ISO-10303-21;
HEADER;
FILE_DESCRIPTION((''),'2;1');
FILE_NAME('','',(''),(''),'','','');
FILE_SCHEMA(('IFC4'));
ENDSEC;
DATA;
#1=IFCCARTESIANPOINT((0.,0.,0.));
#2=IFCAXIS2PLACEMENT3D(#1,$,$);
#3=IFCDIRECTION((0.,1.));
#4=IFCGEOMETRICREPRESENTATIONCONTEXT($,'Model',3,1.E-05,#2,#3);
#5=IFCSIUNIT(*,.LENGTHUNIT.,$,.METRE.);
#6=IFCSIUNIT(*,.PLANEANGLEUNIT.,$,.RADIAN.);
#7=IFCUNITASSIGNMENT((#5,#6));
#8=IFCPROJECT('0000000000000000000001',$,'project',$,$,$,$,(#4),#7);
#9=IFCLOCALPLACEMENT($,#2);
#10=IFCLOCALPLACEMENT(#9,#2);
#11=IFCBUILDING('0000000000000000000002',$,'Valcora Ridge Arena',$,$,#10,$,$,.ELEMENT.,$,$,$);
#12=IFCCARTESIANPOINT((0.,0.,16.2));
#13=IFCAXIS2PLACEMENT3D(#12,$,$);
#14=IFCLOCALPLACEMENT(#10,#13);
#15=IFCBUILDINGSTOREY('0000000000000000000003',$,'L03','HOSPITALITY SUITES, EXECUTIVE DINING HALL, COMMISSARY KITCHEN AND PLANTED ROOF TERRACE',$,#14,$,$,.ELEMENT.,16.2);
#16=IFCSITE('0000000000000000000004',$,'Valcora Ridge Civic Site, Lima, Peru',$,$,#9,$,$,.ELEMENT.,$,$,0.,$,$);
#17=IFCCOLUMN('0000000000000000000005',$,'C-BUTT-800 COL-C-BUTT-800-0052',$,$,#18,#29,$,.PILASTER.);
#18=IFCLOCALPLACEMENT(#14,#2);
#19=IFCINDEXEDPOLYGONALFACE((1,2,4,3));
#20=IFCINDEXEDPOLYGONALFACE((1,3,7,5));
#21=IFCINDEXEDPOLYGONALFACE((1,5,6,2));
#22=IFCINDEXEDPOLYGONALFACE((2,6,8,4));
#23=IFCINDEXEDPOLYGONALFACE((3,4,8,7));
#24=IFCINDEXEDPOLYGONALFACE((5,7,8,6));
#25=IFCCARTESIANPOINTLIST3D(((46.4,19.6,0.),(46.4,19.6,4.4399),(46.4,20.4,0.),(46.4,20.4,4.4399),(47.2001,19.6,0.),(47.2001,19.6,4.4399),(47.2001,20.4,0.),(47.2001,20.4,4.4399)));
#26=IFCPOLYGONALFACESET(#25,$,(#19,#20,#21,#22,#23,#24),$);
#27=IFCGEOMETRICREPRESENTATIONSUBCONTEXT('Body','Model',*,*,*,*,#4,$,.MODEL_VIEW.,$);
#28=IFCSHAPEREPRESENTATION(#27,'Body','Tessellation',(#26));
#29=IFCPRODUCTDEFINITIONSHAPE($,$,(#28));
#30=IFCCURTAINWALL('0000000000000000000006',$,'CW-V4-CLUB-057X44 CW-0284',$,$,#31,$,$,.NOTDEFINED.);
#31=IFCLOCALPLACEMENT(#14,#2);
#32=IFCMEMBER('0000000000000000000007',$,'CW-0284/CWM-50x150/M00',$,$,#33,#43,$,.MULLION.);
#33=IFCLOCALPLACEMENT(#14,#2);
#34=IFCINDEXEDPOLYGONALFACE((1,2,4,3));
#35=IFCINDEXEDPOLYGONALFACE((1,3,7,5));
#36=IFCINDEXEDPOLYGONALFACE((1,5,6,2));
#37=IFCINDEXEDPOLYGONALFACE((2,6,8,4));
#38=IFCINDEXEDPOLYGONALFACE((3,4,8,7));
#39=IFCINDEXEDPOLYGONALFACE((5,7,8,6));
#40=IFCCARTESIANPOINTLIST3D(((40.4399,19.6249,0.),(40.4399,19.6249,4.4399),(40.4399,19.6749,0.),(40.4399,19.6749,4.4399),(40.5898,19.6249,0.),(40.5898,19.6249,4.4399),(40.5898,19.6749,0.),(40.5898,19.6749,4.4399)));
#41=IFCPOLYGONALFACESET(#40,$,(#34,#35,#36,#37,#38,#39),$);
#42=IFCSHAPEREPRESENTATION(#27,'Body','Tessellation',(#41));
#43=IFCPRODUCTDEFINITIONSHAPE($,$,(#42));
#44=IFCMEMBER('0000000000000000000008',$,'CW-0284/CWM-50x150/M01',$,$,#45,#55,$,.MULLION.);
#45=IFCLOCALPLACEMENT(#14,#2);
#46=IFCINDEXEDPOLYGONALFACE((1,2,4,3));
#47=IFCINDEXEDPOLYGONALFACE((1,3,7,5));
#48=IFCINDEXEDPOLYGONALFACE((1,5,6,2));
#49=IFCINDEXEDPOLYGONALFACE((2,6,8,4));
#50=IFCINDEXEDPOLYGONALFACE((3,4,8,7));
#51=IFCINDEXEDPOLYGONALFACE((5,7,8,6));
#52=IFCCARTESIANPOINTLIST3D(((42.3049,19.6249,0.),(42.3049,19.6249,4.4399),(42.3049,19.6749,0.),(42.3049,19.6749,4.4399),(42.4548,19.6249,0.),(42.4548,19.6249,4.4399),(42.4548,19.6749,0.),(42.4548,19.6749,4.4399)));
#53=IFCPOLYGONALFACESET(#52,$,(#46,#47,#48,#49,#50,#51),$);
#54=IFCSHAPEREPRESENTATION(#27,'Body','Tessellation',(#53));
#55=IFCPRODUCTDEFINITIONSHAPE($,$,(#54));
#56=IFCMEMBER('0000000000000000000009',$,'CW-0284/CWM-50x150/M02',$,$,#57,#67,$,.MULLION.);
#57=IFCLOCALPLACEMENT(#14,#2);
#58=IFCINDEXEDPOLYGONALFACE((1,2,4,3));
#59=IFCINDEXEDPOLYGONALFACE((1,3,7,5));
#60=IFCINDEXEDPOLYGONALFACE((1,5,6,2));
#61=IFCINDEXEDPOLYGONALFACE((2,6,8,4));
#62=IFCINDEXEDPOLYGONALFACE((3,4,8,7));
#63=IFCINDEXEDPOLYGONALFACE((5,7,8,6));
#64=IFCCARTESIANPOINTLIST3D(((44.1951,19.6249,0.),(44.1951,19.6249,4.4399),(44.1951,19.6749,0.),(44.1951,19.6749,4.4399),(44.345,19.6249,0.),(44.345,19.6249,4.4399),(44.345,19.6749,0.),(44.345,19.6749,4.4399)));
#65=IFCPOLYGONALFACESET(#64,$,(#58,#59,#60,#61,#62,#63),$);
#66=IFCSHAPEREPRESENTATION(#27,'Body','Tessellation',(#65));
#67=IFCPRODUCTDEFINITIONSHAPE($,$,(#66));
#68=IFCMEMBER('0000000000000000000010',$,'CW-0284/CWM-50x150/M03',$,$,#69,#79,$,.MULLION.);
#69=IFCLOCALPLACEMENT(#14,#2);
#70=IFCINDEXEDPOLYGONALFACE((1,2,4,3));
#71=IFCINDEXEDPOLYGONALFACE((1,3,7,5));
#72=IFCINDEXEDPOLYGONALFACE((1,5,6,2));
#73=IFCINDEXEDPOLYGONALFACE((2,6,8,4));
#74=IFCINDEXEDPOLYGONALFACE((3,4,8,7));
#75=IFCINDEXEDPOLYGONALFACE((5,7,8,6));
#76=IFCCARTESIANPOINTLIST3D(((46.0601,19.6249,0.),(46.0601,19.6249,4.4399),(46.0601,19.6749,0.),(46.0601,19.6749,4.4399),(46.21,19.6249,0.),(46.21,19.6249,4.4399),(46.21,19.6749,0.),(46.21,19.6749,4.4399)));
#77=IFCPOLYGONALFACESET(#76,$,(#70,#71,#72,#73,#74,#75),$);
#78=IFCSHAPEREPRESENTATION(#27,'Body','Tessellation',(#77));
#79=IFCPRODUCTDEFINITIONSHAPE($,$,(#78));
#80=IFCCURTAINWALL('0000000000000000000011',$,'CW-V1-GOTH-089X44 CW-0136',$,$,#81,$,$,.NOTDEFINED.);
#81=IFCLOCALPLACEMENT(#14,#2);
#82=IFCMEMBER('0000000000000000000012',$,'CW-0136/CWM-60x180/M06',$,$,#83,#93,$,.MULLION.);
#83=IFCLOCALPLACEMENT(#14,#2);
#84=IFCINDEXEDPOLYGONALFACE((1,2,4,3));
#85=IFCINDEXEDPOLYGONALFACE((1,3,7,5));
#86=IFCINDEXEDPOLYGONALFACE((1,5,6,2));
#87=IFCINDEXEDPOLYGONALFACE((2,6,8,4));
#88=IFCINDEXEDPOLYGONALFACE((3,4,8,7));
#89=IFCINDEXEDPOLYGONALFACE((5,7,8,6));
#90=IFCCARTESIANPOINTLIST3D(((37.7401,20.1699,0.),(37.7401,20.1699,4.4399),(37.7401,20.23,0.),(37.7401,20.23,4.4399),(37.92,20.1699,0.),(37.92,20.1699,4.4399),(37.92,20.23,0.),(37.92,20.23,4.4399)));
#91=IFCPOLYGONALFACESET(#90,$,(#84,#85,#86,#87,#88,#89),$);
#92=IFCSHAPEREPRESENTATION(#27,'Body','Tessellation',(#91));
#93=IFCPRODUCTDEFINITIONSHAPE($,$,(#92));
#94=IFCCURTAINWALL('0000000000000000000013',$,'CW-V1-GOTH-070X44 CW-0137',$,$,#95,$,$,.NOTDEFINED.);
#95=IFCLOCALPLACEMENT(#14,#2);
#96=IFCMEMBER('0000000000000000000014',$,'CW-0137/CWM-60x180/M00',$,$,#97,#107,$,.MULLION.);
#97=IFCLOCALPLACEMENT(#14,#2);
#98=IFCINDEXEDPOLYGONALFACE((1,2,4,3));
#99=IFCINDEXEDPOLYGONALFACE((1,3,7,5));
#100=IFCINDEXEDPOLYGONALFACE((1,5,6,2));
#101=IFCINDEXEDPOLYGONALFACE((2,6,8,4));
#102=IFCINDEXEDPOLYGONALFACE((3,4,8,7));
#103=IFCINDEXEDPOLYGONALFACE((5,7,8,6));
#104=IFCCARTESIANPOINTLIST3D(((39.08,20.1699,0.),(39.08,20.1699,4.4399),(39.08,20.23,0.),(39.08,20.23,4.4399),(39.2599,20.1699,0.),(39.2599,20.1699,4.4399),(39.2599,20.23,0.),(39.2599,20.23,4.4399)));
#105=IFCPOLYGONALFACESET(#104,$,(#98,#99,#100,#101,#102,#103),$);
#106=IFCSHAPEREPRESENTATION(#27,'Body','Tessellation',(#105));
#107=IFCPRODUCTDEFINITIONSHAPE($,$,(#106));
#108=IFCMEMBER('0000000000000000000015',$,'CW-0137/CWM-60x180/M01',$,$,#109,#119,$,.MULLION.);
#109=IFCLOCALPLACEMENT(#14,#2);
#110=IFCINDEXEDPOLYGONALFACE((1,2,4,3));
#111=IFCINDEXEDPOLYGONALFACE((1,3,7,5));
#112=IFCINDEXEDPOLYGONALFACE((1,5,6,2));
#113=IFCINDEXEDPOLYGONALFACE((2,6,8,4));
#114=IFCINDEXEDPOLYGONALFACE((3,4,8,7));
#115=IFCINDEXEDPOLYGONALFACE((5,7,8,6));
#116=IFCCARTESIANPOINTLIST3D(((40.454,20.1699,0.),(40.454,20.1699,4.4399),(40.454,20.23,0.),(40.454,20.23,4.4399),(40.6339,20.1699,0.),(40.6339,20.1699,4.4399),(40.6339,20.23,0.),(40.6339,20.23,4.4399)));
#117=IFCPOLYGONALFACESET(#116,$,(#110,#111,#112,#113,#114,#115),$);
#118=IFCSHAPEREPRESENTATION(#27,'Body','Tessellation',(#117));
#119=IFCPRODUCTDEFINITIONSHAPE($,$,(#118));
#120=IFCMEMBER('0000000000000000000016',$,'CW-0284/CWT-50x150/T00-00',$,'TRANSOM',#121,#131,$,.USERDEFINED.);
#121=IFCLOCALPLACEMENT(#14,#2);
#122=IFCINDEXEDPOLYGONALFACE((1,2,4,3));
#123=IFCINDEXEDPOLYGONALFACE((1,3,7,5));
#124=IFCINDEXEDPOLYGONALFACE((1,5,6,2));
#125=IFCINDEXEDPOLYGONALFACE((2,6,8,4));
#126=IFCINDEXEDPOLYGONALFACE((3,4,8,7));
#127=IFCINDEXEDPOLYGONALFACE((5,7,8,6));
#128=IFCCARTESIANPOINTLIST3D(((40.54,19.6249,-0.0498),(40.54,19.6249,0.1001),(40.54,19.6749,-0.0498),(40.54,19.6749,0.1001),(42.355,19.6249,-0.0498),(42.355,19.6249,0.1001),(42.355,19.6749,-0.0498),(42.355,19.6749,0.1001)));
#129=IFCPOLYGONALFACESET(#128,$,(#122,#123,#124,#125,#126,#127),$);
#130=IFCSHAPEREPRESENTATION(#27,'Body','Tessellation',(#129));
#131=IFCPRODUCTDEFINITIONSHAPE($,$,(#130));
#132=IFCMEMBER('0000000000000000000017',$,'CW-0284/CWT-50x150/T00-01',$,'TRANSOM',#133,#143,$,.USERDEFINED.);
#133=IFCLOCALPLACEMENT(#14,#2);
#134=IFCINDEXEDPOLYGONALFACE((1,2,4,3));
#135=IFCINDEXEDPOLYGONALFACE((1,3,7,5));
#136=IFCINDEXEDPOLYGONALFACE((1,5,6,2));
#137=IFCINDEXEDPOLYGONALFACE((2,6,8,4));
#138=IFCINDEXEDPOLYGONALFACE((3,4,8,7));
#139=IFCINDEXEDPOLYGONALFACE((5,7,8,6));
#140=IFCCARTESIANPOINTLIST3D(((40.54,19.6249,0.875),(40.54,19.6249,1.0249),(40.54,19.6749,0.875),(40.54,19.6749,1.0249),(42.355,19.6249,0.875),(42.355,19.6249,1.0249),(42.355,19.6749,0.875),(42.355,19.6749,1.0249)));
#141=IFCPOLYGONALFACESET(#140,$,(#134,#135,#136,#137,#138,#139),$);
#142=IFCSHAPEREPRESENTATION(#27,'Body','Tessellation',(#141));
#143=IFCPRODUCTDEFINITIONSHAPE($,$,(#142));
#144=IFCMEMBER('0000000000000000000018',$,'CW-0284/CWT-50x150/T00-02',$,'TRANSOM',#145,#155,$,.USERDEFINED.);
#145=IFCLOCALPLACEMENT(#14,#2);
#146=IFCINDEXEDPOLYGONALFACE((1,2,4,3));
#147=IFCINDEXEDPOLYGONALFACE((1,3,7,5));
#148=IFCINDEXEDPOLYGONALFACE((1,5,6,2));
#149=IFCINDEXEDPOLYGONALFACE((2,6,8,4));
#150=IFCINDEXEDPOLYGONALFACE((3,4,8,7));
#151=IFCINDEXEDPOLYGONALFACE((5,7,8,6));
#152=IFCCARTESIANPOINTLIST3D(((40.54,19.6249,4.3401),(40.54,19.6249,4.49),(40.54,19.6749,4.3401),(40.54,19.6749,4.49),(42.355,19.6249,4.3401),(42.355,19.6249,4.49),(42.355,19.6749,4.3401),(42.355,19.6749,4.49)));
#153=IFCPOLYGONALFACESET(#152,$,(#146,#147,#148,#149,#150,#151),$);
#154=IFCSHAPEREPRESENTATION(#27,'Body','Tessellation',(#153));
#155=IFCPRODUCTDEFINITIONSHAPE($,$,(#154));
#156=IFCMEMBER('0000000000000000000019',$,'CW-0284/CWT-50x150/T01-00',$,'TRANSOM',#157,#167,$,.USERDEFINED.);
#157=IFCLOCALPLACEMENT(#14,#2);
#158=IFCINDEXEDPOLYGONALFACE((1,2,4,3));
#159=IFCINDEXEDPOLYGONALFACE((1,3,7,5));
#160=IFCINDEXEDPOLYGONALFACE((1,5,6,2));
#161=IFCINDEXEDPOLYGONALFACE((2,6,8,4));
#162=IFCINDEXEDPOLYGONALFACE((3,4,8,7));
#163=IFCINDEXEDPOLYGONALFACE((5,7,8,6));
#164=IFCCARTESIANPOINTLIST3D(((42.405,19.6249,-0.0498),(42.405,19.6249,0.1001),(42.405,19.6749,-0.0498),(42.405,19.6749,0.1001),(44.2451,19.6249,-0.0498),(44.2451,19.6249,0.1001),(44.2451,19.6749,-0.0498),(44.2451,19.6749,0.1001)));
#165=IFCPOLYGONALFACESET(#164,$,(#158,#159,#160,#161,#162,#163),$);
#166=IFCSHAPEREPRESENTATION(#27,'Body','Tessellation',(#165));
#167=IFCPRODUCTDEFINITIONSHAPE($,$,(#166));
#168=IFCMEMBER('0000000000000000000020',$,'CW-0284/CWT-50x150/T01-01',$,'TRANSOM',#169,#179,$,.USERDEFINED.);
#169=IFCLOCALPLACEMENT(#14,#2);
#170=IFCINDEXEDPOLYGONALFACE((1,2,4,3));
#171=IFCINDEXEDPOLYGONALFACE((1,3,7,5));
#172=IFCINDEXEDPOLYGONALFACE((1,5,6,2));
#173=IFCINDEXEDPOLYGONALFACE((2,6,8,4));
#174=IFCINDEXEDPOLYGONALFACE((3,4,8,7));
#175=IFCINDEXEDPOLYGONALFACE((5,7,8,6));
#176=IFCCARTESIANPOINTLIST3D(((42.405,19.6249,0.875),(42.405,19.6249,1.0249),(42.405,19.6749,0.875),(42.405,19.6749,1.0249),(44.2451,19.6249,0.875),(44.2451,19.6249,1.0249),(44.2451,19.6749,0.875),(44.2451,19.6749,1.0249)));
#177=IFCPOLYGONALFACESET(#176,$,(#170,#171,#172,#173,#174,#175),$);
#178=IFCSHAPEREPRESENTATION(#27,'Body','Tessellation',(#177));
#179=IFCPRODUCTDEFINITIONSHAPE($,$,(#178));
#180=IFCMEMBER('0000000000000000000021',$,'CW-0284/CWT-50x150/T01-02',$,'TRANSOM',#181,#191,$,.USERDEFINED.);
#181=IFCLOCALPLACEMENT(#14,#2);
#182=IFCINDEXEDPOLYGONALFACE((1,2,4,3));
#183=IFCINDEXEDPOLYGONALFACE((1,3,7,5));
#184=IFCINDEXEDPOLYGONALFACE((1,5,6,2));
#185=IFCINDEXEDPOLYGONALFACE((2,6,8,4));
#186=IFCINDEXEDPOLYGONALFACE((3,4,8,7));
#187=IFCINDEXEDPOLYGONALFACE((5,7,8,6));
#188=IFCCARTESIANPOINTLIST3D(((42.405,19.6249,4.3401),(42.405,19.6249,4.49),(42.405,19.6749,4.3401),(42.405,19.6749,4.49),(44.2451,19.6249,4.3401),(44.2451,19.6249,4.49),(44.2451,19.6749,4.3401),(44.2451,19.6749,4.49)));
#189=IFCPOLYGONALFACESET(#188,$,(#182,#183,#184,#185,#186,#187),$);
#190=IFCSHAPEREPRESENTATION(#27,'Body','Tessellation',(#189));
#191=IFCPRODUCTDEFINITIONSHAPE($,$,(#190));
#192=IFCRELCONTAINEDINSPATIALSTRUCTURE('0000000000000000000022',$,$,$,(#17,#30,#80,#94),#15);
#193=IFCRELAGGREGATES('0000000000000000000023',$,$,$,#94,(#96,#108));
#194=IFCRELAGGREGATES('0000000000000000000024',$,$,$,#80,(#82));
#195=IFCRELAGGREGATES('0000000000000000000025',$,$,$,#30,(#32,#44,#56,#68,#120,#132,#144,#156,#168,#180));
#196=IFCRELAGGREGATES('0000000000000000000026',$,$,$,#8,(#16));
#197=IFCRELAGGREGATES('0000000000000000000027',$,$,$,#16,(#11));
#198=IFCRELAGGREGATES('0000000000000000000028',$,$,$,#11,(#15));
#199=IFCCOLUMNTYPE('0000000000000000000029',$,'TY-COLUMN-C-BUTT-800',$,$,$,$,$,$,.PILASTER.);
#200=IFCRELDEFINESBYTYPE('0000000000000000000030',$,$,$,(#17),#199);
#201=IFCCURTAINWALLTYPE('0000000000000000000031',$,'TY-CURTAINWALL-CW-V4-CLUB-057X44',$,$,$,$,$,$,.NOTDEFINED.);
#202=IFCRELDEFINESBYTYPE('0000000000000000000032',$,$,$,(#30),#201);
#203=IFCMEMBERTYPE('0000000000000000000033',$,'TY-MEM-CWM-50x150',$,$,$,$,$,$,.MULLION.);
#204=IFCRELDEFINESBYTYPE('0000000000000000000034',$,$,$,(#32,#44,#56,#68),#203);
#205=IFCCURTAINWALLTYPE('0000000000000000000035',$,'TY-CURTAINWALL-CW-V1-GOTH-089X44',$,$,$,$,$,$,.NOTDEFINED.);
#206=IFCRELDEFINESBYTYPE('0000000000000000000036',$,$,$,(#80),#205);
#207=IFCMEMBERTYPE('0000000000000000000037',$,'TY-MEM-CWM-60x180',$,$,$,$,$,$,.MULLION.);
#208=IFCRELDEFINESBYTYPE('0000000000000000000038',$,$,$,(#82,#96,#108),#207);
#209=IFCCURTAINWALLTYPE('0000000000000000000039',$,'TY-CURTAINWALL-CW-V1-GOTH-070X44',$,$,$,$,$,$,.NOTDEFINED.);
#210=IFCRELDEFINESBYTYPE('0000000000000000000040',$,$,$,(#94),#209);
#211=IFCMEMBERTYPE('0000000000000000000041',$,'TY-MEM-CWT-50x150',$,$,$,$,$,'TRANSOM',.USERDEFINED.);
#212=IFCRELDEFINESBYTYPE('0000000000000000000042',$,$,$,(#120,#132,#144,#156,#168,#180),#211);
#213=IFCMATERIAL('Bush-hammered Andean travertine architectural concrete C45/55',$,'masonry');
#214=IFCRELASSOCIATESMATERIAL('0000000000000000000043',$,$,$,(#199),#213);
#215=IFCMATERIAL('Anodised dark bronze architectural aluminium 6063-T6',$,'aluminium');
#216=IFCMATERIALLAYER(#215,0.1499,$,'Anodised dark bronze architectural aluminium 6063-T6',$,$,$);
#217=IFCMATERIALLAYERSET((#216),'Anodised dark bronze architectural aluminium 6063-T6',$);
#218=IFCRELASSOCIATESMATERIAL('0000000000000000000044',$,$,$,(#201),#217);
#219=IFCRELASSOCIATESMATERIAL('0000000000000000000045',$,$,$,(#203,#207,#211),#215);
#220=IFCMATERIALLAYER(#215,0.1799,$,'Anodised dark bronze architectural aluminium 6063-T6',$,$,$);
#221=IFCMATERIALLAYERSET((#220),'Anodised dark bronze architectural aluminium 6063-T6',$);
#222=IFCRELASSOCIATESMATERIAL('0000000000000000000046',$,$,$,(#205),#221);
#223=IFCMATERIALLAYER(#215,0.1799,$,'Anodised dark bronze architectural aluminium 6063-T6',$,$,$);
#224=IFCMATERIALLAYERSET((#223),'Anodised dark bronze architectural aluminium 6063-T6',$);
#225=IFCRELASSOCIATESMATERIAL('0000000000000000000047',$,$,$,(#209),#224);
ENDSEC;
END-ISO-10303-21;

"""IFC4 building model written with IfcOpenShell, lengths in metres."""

from ifc_helpers import new_model, si_unit, direction, frame, origin, origin_2d, place, context, subcontext, project, spatial, rectangle, extrude, material, layer, layer_set, material_profile, profile_set, type_object, element, aggregate, save


model = new_model("IFC4")

# Units and contexts
model_context = context("Model", 3, precision=1e-05, world=origin(), true_north=direction((0.0, 1.0)))
body_context = subcontext(model_context, "Body", "Model", "MODEL_VIEW")
ifc_project = project(units=[si_unit("LENGTHUNIT", "METRE"), si_unit("PLANEANGLEUNIT", "RADIAN")], contexts=[model_context])

# Site, building, storey
site_placement = place(None, origin())
site = spatial("IfcSite", under=ifc_project, at=site_placement, Name="Valcora Ridge Civic Site, Lima, Peru", CompositionType="ELEMENT", RefElevation=0.0)
building_placement = place(site_placement, origin())
building = spatial("IfcBuilding", under=site, at=building_placement, Name="Valcora Ridge Arena", CompositionType="ELEMENT")
storey_placement = place(building_placement, frame((0.0, 0.0, 16.2)))
storey = spatial("IfcBuildingStorey", under=building, at=storey_placement, Name="L03", Description="HOSPITALITY SUITES, EXECUTIVE DINING HALL, COMMISSARY KITCHEN AND PLANTED ROOF TERRACE", CompositionType="ELEMENT", Elevation=16.2)

# Column
ifc_material_1 = material(Name="Bush-hammered Andean travertine architectural concrete C45/55", Category="masonry")
ifc_material_profile_1 = material_profile(ifc_material_1, rectangle(XDim=0.8, YDim=0.8, at=origin_2d()), Name="RC 800x800")
ifc_profile_set_1 = profile_set([ifc_material_profile_1], Name="Bush-hammered Andean travertine architectural concrete C45/55")
column_type = type_object("IfcColumnType", Name="TY-COLUMN-C-BUTT-800", PredefinedType="PILASTER", material=ifc_profile_set_1)
column_placement = place(storey_placement, frame((46.8, 20.0, 0.0), z_axis=(0.0, 0.0, 1.0), x_axis=(1.0, 0.0, 0.0)))
element("IfcColumn", 1, at=column_placement, inside=storey, type_object=column_type, Name="C-BUTT-800 COL-C-BUTT-800-0052", PredefinedType="PILASTER", context=body_context, shape_type="SweptSolid", body=[
    extrude(rectangle(XDim=0.8, YDim=0.8, at=origin_2d()), origin(), (0.0, 0.0, 1.0), 4.4399),
])

# Curtain wall, members
ifc_material_2 = material(Name="Anodised dark bronze architectural aluminium 6063-T6", Category="aluminium")
ifc_layer_1 = layer(ifc_material_2, 0.1499, Name="Anodised dark bronze architectural aluminium 6063-T6")
ifc_layer_set_1 = layer_set([ifc_layer_1], Name="Anodised dark bronze architectural aluminium 6063-T6")
curtain_wall_type_1 = type_object("IfcCurtainWallType", Name="TY-CURTAINWALL-CW-V4-CLUB-057X44", PredefinedType="NOTDEFINED", material=ifc_layer_set_1)
curtain_wall_1_placement = place(storey_placement, origin())
curtain_wall_1 = element("IfcCurtainWall", 2, at=curtain_wall_1_placement, inside=storey, type_object=curtain_wall_type_1, Name="CW-V4-CLUB-057X44 CW-0284", PredefinedType="NOTDEFINED")
ifc_material_profile_2 = material_profile(ifc_material_2, rectangle(XDim=0.05, YDim=0.1499, at=origin_2d()), Name="ALU MULLION 50x150")
ifc_profile_set_2 = profile_set([ifc_material_profile_2], Name="Anodised dark bronze architectural aluminium 6063-T6")
member_type_1 = type_object("IfcMemberType", Name="TY-MEM-CWM-50x150", PredefinedType="MULLION", material=ifc_profile_set_2)
member_1_placement = place(storey_placement, frame((40.5149, 19.6499, 0.0), z_axis=(0.0, 0.0, 1.0), x_axis=(0.0, 1.0, 0.0)))
member_1 = element("IfcMember", 3, at=member_1_placement, type_object=member_type_1, Name="CW-0284/CWM-50x150/M00", PredefinedType="MULLION", context=body_context, shape_type="SweptSolid", body=[
    extrude(rectangle(XDim=0.05, YDim=0.1499, at=origin_2d()), origin(), (0.0, 0.0, 1.0), 4.4399),
])
member_2_placement = place(storey_placement, frame((42.3799, 19.6499, 0.0), z_axis=(0.0, 0.0, 1.0), x_axis=(0.0, 1.0, 0.0)))
member_2 = element("IfcMember", 4, at=member_2_placement, type_object=member_type_1, Name="CW-0284/CWM-50x150/M01", PredefinedType="MULLION", context=body_context, shape_type="SweptSolid", body=[
    extrude(rectangle(XDim=0.05, YDim=0.1499, at=origin_2d()), origin(), (0.0, 0.0, 1.0), 4.4399),
])
member_3_placement = place(storey_placement, frame((44.27, 19.6499, 0.0), z_axis=(0.0, 0.0, 1.0), x_axis=(0.0, 1.0, 0.0)))
member_3 = element("IfcMember", 5, at=member_3_placement, type_object=member_type_1, Name="CW-0284/CWM-50x150/M02", PredefinedType="MULLION", context=body_context, shape_type="SweptSolid", body=[
    extrude(rectangle(XDim=0.05, YDim=0.1499, at=origin_2d()), origin(), (0.0, 0.0, 1.0), 4.4399),
])
member_4_placement = place(storey_placement, frame((46.135, 19.6499, 0.0), z_axis=(0.0, 0.0, 1.0), x_axis=(0.0, 1.0, 0.0)))
member_4 = element("IfcMember", 6, at=member_4_placement, type_object=member_type_1, Name="CW-0284/CWM-50x150/M03", PredefinedType="MULLION", context=body_context, shape_type="SweptSolid", body=[
    extrude(rectangle(XDim=0.05, YDim=0.1499, at=origin_2d()), origin(), (0.0, 0.0, 1.0), 4.4399),
])

# Curtain wall, member
ifc_layer_2 = layer(ifc_material_2, 0.1799, Name="Anodised dark bronze architectural aluminium 6063-T6")
ifc_layer_set_2 = layer_set([ifc_layer_2], Name="Anodised dark bronze architectural aluminium 6063-T6")
curtain_wall_type_2 = type_object("IfcCurtainWallType", Name="TY-CURTAINWALL-CW-V1-GOTH-089X44", PredefinedType="NOTDEFINED", material=ifc_layer_set_2)
curtain_wall_2_placement = place(storey_placement, origin())
curtain_wall_2 = element("IfcCurtainWall", 7, at=curtain_wall_2_placement, inside=storey, type_object=curtain_wall_type_2, Name="CW-V1-GOTH-089X44 CW-0136", PredefinedType="NOTDEFINED")
ifc_material_profile_3 = material_profile(ifc_material_2, rectangle(XDim=0.0601, YDim=0.1799, at=origin_2d()), Name="ALU MULLION 60x180")
ifc_profile_set_3 = profile_set([ifc_material_profile_3], Name="Anodised dark bronze architectural aluminium 6063-T6")
member_type_2 = type_object("IfcMemberType", Name="TY-MEM-CWM-60x180", PredefinedType="MULLION", material=ifc_profile_set_3)
member_5_placement = place(storey_placement, frame((37.8301, 20.2, 0.0), z_axis=(0.0, 0.0, 1.0), x_axis=(0.0, 1.0, 0.0)))
member_5 = element("IfcMember", 8, at=member_5_placement, type_object=member_type_2, Name="CW-0136/CWM-60x180/M06", PredefinedType="MULLION", context=body_context, shape_type="SweptSolid", body=[
    extrude(rectangle(XDim=0.0601, YDim=0.1799, at=origin_2d()), origin(), (0.0, 0.0, 1.0), 4.4399),
])

# Curtain wall, members
ifc_layer_3 = layer(ifc_material_2, 0.1799, Name="Anodised dark bronze architectural aluminium 6063-T6")
ifc_layer_set_3 = layer_set([ifc_layer_3], Name="Anodised dark bronze architectural aluminium 6063-T6")
curtain_wall_type_3 = type_object("IfcCurtainWallType", Name="TY-CURTAINWALL-CW-V1-GOTH-070X44", PredefinedType="NOTDEFINED", material=ifc_layer_set_3)
curtain_wall_3_placement = place(storey_placement, origin())
curtain_wall_3 = element("IfcCurtainWall", 9, at=curtain_wall_3_placement, inside=storey, type_object=curtain_wall_type_3, Name="CW-V1-GOTH-070X44 CW-0137", PredefinedType="NOTDEFINED")
member_6_placement = place(storey_placement, frame((39.1699, 20.2, 0.0), z_axis=(0.0, 0.0, 1.0), x_axis=(0.0, 1.0, 0.0)))
member_6 = element("IfcMember", 10, at=member_6_placement, type_object=member_type_2, Name="CW-0137/CWM-60x180/M00", PredefinedType="MULLION", context=body_context, shape_type="SweptSolid", body=[
    extrude(rectangle(XDim=0.0601, YDim=0.1799, at=origin_2d()), origin(), (0.0, 0.0, 1.0), 4.4399),
])
member_7_placement = place(storey_placement, frame((40.5439, 20.2, 0.0), z_axis=(0.0, 0.0, 1.0), x_axis=(0.0, 1.0, 0.0)))
member_7 = element("IfcMember", 11, at=member_7_placement, type_object=member_type_2, Name="CW-0137/CWM-60x180/M01", PredefinedType="MULLION", context=body_context, shape_type="SweptSolid", body=[
    extrude(rectangle(XDim=0.0601, YDim=0.1799, at=origin_2d()), origin(), (0.0, 0.0, 1.0), 4.4399),
])

# Members
ifc_material_profile_4 = material_profile(ifc_material_2, rectangle(XDim=0.05, YDim=0.1499, at=origin_2d()), Name="ALU TRANSOM 50x150")
ifc_profile_set_4 = profile_set([ifc_material_profile_4], Name="Anodised dark bronze architectural aluminium 6063-T6")
member_type_3 = type_object("IfcMemberType", Name="TY-MEM-CWT-50x150", ElementType="TRANSOM", PredefinedType="USERDEFINED", material=ifc_profile_set_4)
member_8_placement = place(storey_placement, frame((40.54, 19.6499, 0.0251), z_axis=(1.0, 0.0, 0.0), x_axis=(0.0, 1.0, 0.0)))
member_8 = element("IfcMember", 12, at=member_8_placement, type_object=member_type_3, Name="CW-0284/CWT-50x150/T00-00", ObjectType="TRANSOM", PredefinedType="USERDEFINED", context=body_context, shape_type="SweptSolid", body=[
    extrude(rectangle(XDim=0.05, YDim=0.1499, at=origin_2d()), origin(), (0.0, 0.0, 1.0), 1.8149),
])
member_9_placement = place(storey_placement, frame((40.54, 19.6499, 0.95), z_axis=(1.0, 0.0, 0.0), x_axis=(0.0, 1.0, 0.0)))
member_9 = element("IfcMember", 13, at=member_9_placement, type_object=member_type_3, Name="CW-0284/CWT-50x150/T00-01", ObjectType="TRANSOM", PredefinedType="USERDEFINED", context=body_context, shape_type="SweptSolid", body=[
    extrude(rectangle(XDim=0.05, YDim=0.1499, at=origin_2d()), origin(), (0.0, 0.0, 1.0), 1.8149),
])
member_10_placement = place(storey_placement, frame((40.54, 19.6499, 4.415), z_axis=(1.0, 0.0, 0.0), x_axis=(0.0, 1.0, 0.0)))
member_10 = element("IfcMember", 14, at=member_10_placement, type_object=member_type_3, Name="CW-0284/CWT-50x150/T00-02", ObjectType="TRANSOM", PredefinedType="USERDEFINED", context=body_context, shape_type="SweptSolid", body=[
    extrude(rectangle(XDim=0.05, YDim=0.1499, at=origin_2d()), origin(), (0.0, 0.0, 1.0), 1.8149),
])
member_11_placement = place(storey_placement, frame((42.405, 19.6499, 0.0251), z_axis=(1.0, 0.0, 0.0), x_axis=(0.0, 1.0, 0.0)))
member_11 = element("IfcMember", 15, at=member_11_placement, type_object=member_type_3, Name="CW-0284/CWT-50x150/T01-00", ObjectType="TRANSOM", PredefinedType="USERDEFINED", context=body_context, shape_type="SweptSolid", body=[
    extrude(rectangle(XDim=0.05, YDim=0.1499, at=origin_2d()), origin(), (0.0, 0.0, 1.0), 1.8401),
])
member_12_placement = place(storey_placement, frame((42.405, 19.6499, 0.95), z_axis=(1.0, 0.0, 0.0), x_axis=(0.0, 1.0, 0.0)))
member_12 = element("IfcMember", 16, at=member_12_placement, type_object=member_type_3, Name="CW-0284/CWT-50x150/T01-01", ObjectType="TRANSOM", PredefinedType="USERDEFINED", context=body_context, shape_type="SweptSolid", body=[
    extrude(rectangle(XDim=0.05, YDim=0.1499, at=origin_2d()), origin(), (0.0, 0.0, 1.0), 1.8401),
])
member_13_placement = place(storey_placement, frame((42.405, 19.6499, 4.415), z_axis=(1.0, 0.0, 0.0), x_axis=(0.0, 1.0, 0.0)))
member_13 = element("IfcMember", 17, at=member_13_placement, type_object=member_type_3, Name="CW-0284/CWT-50x150/T01-02", ObjectType="TRANSOM", PredefinedType="USERDEFINED", context=body_context, shape_type="SweptSolid", body=[
    extrude(rectangle(XDim=0.05, YDim=0.1499, at=origin_2d()), origin(), (0.0, 0.0, 1.0), 1.8401),
])

aggregate(curtain_wall_3, [member_6, member_7])
aggregate(curtain_wall_2, [member_5])
aggregate(curtain_wall_1, [member_1, member_2, member_3, member_4, member_8, member_9, member_10, member_11, member_12, member_13])

save(model, "model.ifc")
